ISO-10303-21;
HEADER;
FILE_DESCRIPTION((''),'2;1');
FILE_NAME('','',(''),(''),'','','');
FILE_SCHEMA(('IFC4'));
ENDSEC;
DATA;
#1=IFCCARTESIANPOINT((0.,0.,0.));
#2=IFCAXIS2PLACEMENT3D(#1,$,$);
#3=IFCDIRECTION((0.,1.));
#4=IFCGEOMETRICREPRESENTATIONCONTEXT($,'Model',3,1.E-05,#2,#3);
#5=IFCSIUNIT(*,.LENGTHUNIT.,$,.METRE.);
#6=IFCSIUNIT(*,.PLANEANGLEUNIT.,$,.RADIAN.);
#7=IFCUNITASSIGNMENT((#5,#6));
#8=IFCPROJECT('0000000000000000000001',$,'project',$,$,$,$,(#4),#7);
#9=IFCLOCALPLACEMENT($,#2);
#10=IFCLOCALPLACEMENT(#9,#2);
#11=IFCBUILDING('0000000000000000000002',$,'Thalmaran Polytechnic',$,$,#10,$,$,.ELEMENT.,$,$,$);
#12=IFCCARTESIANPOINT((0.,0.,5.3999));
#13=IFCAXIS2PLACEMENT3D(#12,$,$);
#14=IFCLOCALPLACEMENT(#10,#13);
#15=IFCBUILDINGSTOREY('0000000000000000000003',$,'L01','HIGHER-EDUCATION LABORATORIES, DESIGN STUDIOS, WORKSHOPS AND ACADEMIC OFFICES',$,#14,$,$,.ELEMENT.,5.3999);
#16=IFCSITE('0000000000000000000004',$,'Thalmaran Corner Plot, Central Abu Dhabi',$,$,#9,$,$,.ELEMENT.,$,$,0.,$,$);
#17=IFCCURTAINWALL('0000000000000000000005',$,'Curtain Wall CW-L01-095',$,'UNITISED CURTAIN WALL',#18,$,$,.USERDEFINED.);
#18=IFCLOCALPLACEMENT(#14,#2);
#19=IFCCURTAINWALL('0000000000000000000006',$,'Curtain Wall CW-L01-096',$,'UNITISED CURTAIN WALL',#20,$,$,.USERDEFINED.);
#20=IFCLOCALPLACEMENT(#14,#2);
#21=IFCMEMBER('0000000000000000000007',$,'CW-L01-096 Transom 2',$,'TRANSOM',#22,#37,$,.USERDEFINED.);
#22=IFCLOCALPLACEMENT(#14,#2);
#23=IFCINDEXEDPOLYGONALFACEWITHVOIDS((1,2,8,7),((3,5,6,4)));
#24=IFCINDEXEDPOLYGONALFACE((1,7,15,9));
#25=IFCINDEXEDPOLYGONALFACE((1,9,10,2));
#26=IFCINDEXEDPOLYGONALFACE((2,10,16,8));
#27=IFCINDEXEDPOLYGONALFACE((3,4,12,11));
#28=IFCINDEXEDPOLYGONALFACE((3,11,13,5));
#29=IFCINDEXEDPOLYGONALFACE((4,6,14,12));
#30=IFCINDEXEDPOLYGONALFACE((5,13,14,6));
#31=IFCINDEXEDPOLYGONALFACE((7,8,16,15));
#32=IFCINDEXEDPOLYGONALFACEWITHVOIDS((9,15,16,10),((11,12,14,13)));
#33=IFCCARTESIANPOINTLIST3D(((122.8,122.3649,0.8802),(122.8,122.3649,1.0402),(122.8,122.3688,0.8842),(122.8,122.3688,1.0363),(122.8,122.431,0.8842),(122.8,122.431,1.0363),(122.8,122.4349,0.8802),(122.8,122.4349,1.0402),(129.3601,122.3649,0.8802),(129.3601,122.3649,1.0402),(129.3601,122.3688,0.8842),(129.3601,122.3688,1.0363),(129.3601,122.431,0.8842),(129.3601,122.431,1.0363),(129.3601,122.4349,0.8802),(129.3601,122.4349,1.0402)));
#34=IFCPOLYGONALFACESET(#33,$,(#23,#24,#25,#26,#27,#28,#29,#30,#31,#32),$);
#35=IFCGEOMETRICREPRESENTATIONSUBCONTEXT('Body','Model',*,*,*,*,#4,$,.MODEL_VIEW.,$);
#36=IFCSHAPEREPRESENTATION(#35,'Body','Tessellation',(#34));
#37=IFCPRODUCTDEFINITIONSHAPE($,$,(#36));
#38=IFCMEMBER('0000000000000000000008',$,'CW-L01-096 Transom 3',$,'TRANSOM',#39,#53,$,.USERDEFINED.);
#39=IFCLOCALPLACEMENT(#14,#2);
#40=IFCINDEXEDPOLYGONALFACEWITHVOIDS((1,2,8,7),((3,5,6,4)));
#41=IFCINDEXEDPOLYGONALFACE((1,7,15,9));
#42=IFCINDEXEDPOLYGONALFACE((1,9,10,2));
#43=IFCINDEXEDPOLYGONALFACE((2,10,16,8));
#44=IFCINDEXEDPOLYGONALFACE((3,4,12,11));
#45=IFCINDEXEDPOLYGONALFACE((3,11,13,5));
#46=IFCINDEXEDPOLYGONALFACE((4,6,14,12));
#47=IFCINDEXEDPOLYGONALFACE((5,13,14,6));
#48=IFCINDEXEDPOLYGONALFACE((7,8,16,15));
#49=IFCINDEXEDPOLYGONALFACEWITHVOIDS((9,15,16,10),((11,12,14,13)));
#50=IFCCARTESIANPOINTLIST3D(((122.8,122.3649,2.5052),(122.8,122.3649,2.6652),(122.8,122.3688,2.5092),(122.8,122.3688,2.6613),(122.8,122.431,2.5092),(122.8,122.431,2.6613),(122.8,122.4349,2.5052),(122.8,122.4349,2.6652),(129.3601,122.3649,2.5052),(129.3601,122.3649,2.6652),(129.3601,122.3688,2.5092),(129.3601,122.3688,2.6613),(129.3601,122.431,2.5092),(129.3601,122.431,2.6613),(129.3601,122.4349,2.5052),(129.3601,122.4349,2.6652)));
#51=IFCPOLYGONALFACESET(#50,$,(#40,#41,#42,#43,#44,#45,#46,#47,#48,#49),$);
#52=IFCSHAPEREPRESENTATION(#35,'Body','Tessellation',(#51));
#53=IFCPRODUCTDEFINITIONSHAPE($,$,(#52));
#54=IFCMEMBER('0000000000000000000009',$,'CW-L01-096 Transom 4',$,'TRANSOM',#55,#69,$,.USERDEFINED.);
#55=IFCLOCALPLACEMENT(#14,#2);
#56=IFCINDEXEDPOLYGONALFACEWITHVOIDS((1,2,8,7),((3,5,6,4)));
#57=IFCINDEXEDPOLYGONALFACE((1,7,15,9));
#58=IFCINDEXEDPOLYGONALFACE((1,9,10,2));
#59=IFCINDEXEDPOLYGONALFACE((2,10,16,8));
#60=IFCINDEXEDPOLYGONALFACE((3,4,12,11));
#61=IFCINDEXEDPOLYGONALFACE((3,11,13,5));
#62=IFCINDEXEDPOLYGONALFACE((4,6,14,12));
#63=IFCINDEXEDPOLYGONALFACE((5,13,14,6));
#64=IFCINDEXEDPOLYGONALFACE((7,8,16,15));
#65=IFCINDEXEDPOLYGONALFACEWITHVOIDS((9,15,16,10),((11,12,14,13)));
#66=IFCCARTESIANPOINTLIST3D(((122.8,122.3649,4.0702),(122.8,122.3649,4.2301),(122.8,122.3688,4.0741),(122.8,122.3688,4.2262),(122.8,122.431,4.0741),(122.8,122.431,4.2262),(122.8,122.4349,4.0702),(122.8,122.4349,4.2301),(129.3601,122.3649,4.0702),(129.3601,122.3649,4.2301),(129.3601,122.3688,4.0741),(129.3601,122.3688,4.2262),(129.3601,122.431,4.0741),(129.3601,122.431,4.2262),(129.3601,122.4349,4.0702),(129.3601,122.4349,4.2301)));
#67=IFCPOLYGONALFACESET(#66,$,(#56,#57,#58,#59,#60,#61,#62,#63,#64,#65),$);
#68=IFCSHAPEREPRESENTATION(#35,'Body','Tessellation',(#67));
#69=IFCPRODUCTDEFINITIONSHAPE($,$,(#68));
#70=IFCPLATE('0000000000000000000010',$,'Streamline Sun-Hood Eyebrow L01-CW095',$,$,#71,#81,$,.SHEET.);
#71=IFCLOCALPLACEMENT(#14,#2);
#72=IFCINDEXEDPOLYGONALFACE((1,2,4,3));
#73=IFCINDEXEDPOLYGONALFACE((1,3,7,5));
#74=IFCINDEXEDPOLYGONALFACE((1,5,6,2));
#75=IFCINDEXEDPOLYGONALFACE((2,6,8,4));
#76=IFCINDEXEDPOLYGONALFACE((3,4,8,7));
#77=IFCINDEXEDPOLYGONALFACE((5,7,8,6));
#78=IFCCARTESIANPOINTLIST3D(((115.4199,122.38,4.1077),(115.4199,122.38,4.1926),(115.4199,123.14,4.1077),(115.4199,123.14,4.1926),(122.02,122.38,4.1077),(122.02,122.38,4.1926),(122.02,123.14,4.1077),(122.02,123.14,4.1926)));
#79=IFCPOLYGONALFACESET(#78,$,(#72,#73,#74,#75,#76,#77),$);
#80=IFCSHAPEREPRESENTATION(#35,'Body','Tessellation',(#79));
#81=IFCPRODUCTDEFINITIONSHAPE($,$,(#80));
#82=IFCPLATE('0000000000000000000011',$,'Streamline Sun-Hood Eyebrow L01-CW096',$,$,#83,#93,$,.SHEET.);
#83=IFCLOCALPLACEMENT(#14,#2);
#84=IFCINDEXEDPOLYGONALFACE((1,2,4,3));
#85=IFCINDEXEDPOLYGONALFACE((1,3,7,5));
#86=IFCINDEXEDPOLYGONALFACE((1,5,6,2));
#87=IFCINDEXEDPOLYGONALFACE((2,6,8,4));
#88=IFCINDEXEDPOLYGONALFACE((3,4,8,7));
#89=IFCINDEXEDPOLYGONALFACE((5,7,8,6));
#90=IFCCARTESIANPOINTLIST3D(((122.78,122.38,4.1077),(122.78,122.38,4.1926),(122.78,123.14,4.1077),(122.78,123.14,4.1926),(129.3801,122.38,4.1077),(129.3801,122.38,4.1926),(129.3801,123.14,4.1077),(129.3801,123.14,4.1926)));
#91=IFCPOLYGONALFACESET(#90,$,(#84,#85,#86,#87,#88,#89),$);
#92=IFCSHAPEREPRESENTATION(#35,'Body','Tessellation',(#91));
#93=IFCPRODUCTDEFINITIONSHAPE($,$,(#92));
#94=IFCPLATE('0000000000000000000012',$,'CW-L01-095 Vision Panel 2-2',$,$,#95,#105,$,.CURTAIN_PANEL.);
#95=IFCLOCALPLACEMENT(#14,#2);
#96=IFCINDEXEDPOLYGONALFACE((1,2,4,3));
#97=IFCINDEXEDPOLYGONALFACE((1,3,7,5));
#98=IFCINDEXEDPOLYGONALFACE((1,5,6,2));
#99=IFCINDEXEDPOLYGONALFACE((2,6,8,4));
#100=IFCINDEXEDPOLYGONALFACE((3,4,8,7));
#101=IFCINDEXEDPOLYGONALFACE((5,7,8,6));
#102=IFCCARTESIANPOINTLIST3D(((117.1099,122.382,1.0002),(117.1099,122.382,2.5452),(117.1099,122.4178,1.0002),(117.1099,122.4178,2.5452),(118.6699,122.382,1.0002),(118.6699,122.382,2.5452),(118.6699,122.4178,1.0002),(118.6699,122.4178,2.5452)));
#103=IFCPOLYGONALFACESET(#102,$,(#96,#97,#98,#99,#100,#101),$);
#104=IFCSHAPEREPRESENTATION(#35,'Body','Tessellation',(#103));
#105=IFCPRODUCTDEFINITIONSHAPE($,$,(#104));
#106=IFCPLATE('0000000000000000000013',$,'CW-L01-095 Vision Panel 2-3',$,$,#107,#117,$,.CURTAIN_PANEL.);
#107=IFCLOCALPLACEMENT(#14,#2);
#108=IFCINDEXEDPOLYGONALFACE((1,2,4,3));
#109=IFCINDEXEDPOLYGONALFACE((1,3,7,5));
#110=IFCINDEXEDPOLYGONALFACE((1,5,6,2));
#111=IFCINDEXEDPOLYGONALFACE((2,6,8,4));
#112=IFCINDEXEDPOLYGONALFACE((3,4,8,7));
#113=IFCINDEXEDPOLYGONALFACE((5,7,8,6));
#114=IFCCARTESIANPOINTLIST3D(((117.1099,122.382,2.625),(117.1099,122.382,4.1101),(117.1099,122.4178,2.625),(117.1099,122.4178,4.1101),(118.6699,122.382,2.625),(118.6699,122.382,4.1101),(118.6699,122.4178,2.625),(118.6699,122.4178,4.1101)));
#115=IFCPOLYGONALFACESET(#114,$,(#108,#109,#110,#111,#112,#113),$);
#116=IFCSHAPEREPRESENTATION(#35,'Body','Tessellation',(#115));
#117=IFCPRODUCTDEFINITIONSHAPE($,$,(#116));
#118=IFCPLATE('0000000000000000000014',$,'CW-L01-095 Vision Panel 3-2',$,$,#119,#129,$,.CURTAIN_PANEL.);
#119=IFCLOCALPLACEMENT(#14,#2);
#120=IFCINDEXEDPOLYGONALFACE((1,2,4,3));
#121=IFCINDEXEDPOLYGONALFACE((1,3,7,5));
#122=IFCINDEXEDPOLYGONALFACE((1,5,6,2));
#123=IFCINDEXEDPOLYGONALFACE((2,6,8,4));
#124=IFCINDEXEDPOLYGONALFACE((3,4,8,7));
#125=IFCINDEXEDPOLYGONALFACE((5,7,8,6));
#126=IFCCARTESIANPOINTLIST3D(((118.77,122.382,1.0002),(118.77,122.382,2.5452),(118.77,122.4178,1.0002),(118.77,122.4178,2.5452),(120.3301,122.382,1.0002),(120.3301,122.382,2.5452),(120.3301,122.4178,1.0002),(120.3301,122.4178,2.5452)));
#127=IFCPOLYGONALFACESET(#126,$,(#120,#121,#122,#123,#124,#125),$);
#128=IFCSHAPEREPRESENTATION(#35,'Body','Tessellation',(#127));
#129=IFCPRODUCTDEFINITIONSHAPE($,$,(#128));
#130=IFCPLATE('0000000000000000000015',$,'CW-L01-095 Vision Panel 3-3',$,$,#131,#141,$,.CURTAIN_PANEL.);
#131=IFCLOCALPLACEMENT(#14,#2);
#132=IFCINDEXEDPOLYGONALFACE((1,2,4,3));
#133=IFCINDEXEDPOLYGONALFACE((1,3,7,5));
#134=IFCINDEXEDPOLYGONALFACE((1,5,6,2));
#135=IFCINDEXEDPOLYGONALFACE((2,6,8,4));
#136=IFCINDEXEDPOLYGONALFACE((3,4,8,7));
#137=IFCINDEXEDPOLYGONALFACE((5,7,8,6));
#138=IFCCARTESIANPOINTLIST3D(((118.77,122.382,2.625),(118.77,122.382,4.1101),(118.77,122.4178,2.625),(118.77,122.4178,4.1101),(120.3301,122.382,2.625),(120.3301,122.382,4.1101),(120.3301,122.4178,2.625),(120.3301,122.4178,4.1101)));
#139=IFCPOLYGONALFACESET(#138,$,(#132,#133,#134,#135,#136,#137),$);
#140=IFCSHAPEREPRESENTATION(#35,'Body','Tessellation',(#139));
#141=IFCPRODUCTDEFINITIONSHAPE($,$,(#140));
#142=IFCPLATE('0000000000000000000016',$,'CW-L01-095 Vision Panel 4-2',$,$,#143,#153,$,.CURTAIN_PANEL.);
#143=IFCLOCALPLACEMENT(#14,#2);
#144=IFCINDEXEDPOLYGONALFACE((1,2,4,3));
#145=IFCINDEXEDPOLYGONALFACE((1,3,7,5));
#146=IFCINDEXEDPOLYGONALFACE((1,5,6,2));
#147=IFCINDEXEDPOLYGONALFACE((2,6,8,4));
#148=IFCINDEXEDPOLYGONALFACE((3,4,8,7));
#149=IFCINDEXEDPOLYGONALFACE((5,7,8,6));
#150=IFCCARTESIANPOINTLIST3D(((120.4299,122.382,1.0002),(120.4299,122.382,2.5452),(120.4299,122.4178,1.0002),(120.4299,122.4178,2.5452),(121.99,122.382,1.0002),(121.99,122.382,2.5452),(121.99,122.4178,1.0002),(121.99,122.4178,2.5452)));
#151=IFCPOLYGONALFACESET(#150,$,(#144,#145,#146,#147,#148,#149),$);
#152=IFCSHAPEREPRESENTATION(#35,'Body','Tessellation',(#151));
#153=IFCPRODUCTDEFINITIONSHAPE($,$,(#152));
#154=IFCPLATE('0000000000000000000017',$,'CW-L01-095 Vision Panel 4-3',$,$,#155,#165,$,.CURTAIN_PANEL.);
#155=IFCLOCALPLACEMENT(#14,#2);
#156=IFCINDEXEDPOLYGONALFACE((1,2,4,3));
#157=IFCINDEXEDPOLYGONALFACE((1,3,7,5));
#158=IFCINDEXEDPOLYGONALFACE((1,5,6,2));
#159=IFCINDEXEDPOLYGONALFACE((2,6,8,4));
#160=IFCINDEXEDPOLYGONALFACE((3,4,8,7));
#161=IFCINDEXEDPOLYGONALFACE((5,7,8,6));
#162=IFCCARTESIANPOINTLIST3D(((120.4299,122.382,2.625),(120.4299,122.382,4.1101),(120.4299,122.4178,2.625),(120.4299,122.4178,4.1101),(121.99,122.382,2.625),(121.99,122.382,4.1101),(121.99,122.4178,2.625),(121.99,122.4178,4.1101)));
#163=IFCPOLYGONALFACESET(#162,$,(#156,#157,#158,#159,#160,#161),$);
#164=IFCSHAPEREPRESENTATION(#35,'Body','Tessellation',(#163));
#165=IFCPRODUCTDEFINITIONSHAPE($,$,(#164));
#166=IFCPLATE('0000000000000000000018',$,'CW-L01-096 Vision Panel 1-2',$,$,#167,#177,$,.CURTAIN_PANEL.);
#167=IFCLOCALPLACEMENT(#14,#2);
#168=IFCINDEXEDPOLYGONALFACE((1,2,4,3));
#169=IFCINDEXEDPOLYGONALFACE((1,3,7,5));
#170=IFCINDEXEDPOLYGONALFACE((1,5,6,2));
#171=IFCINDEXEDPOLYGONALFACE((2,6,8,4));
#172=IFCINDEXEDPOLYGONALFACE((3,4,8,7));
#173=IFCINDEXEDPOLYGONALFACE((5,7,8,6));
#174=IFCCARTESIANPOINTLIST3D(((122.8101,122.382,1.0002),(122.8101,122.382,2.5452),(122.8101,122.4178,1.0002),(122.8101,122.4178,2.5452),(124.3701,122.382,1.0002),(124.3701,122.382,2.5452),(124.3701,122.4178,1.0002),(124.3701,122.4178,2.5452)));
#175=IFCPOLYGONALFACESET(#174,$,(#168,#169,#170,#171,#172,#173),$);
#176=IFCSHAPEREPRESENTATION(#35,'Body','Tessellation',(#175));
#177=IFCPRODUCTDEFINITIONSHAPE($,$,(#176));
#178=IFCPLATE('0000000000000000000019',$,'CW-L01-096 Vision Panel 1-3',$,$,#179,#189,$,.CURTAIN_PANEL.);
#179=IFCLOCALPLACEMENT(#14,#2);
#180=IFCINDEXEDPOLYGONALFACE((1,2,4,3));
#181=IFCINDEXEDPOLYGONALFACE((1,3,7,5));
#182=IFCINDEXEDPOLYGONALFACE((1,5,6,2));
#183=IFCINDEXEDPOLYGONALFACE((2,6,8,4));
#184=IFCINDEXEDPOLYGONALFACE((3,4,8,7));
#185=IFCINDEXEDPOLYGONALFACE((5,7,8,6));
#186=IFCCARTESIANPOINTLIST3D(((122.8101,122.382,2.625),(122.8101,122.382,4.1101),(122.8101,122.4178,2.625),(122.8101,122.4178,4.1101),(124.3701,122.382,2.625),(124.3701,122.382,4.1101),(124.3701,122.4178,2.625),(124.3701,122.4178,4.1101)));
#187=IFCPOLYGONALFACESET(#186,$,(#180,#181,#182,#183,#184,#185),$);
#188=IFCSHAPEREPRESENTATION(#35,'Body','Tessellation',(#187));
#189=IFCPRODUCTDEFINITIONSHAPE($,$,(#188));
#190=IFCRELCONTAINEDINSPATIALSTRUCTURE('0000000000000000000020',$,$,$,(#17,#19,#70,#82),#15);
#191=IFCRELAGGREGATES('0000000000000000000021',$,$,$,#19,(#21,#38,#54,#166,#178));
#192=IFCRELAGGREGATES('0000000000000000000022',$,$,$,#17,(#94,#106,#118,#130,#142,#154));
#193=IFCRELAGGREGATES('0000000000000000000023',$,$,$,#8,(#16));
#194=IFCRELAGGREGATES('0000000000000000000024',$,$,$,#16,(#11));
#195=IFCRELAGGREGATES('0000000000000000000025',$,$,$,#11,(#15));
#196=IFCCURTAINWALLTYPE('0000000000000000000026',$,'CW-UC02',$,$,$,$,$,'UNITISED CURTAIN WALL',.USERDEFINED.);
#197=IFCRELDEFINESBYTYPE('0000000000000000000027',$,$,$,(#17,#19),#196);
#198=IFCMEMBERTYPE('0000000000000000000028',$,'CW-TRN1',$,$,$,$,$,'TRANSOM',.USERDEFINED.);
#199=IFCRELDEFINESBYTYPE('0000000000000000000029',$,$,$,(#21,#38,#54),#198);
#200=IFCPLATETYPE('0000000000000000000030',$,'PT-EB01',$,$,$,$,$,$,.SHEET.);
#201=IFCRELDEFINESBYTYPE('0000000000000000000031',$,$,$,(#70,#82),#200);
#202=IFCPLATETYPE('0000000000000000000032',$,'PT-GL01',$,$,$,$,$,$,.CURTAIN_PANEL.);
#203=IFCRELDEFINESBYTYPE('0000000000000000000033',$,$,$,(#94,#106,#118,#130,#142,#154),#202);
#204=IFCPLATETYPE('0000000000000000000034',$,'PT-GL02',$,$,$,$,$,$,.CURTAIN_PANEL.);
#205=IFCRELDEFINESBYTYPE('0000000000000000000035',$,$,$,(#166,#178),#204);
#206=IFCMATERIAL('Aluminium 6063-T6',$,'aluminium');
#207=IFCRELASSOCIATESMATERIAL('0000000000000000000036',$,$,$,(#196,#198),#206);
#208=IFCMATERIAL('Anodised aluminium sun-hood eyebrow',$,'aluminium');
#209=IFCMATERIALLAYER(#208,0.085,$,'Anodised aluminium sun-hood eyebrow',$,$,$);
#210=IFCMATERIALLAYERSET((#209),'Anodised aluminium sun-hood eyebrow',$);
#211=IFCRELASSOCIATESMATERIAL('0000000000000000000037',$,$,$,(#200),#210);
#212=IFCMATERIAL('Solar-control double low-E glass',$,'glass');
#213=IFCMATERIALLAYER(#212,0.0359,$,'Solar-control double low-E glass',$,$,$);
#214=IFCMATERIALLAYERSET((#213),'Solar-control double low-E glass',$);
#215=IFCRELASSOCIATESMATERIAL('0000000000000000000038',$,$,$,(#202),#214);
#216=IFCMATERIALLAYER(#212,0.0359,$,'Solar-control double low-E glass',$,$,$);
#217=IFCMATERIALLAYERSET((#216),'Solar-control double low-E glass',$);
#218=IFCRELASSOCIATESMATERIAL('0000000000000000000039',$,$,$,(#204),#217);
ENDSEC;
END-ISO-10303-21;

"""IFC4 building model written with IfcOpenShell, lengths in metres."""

from ifc_helpers import new_model, si_unit, direction, frame, origin, origin_2d, place, context, subcontext, project, spatial, rectangle, hollow_rectangle, extrude, material, layer, layer_set, material_profile, profile_set, type_object, element, aggregate, save


model = new_model("IFC4")

# Units and contexts
model_context = context("Model", 3, precision=1e-05, world=origin(), true_north=direction((0.0, 1.0)))
body_context = subcontext(model_context, "Body", "Model", "MODEL_VIEW")
ifc_project = project(units=[si_unit("LENGTHUNIT", "METRE"), si_unit("PLANEANGLEUNIT", "RADIAN")], contexts=[model_context])

# Site, building, storey
site_placement = place(None, origin())
site = spatial("IfcSite", under=ifc_project, at=site_placement, Name="Thalmaran Corner Plot, Central Abu Dhabi", CompositionType="ELEMENT", RefElevation=0.0)
building_placement = place(site_placement, origin())
building = spatial("IfcBuilding", under=site, at=building_placement, Name="Thalmaran Polytechnic", CompositionType="ELEMENT")
storey_placement = place(building_placement, frame((0.0, 0.0, 5.3999)))
storey = spatial("IfcBuildingStorey", under=building, at=storey_placement, Name="L01", Description="HIGHER-EDUCATION LABORATORIES, DESIGN STUDIOS, WORKSHOPS AND ACADEMIC OFFICES", CompositionType="ELEMENT", Elevation=5.3999)

# Curtain walls, members
ifc_material_1 = material(Name="Aluminium 6063-T6", Category="aluminium")
curtain_wall_type = type_object("IfcCurtainWallType", Name="CW-UC02", ElementType="UNITISED CURTAIN WALL", PredefinedType="USERDEFINED", material=ifc_material_1)
curtain_wall_1_placement = place(storey_placement, origin())
curtain_wall_1 = element("IfcCurtainWall", 1, at=curtain_wall_1_placement, inside=storey, type_object=curtain_wall_type, Name="Curtain Wall CW-L01-095", ObjectType="UNITISED CURTAIN WALL", PredefinedType="USERDEFINED")
curtain_wall_2_placement = place(storey_placement, origin())
curtain_wall_2 = element("IfcCurtainWall", 2, at=curtain_wall_2_placement, inside=storey, type_object=curtain_wall_type, Name="Curtain Wall CW-L01-096", ObjectType="UNITISED CURTAIN WALL", PredefinedType="USERDEFINED")
ifc_material_profile_1 = material_profile(ifc_material_1, hollow_rectangle(XDim=0.0701, YDim=0.1599, WallThickness=0.0039, at=origin_2d()), Name="AL 160x70x4.0")
ifc_profile_set_1 = profile_set([ifc_material_profile_1], Name="Aluminium 6063-T6")
member_type_1 = type_object("IfcMemberType", Name="CW-TRN1", ElementType="TRANSOM", PredefinedType="USERDEFINED", material=ifc_profile_set_1)
member_1_placement = place(storey_placement, frame((122.8, 122.3999, 0.9602), z_axis=(1.0, 0.0, 0.0), x_axis=(0.0, 1.0, 0.0)))
member_1 = element("IfcMember", 3, at=member_1_placement, type_object=member_type_1, Name="CW-L01-096 Transom 2", ObjectType="TRANSOM", PredefinedType="USERDEFINED", context=body_context, shape_type="SweptSolid", body=[
    extrude(hollow_rectangle(XDim=0.0701, YDim=0.1599, WallThickness=0.0039, at=origin_2d()), origin(), (0.0, 0.0, 1.0), 6.5601),
])
member_2_placement = place(storey_placement, frame((122.8, 122.3999, 2.5852), z_axis=(1.0, 0.0, 0.0), x_axis=(0.0, 1.0, 0.0)))
member_2 = element("IfcMember", 4, at=member_2_placement, type_object=member_type_1, Name="CW-L01-096 Transom 3", ObjectType="TRANSOM", PredefinedType="USERDEFINED", context=body_context, shape_type="SweptSolid", body=[
    extrude(hollow_rectangle(XDim=0.0701, YDim=0.1599, WallThickness=0.0039, at=origin_2d()), origin(), (0.0, 0.0, 1.0), 6.5601),
])
member_3_placement = place(storey_placement, frame((122.8, 122.3999, 4.1501), z_axis=(1.0, 0.0, 0.0), x_axis=(0.0, 1.0, 0.0)))
member_3 = element("IfcMember", 5, at=member_3_placement, type_object=member_type_1, Name="CW-L01-096 Transom 4", ObjectType="TRANSOM", PredefinedType="USERDEFINED", context=body_context, shape_type="SweptSolid", body=[
    extrude(hollow_rectangle(XDim=0.0701, YDim=0.1599, WallThickness=0.0039, at=origin_2d()), origin(), (0.0, 0.0, 1.0), 6.5601),
])

# Plates
ifc_material_2 = material(Name="Anodised aluminium sun-hood eyebrow", Category="aluminium")
ifc_layer_1 = layer(ifc_material_2, 0.085, Name="Anodised aluminium sun-hood eyebrow")
ifc_layer_set_1 = layer_set([ifc_layer_1], Name="Anodised aluminium sun-hood eyebrow")
plate_type_1 = type_object("IfcPlateType", Name="PT-EB01", PredefinedType="SHEET", material=ifc_layer_set_1)
for number, where, z_axis, x_axis, name in (
    (6, (118.72, 122.76, 4.1077), (0.0, 0.0, 1.0), (1.0, 0.0, 0.0), "Streamline Sun-Hood Eyebrow L01-CW095"),
    (7, (126.0801, 122.76, 4.1077), (0.0, 0.0, 1.0), (1.0, 0.0, 0.0), "Streamline Sun-Hood Eyebrow L01-CW096"),
):
    element("IfcPlate", number, at=place(storey_placement, frame(where, z_axis=z_axis, x_axis=x_axis)), inside=storey, type_object=plate_type_1, Name=name, PredefinedType="SHEET", context=body_context, shape_type="SweptSolid", body=[
        extrude(rectangle(XDim=6.6001, YDim=0.76, at=origin_2d()), origin(), (0.0, 0.0, 1.0), 0.085),
    ])

# Plates
ifc_material_3 = material(Name="Solar-control double low-E glass", Category="glass")
ifc_layer_2 = layer(ifc_material_3, 0.0359, Name="Solar-control double low-E glass")
ifc_layer_set_2 = layer_set([ifc_layer_2], Name="Solar-control double low-E glass")
plate_type_2 = type_object("IfcPlateType", Name="PT-GL01", PredefinedType="CURTAIN_PANEL", material=ifc_layer_set_2)
plate_1_placement = place(storey_placement, frame((117.8899, 122.3999, 1.0002), z_axis=(0.0, 0.0, 1.0), x_axis=(1.0, 0.0, 0.0)))
plate_1 = element("IfcPlate", 8, at=plate_1_placement, type_object=plate_type_2, Name="CW-L01-095 Vision Panel 2-2", PredefinedType="CURTAIN_PANEL", context=body_context, shape_type="SweptSolid", body=[
    extrude(rectangle(XDim=1.5601, YDim=0.0359, at=origin_2d()), origin(), (0.0, 0.0, 1.0), 1.5449),
])
plate_2_placement = place(storey_placement, frame((117.8899, 122.3999, 2.625), z_axis=(0.0, 0.0, 1.0), x_axis=(1.0, 0.0, 0.0)))
plate_2 = element("IfcPlate", 9, at=plate_2_placement, type_object=plate_type_2, Name="CW-L01-095 Vision Panel 2-3", PredefinedType="CURTAIN_PANEL", context=body_context, shape_type="SweptSolid", body=[
    extrude(rectangle(XDim=1.5601, YDim=0.0359, at=origin_2d()), origin(), (0.0, 0.0, 1.0), 1.4851),
])
plate_3_placement = place(storey_placement, frame((119.55, 122.3999, 1.0002), z_axis=(0.0, 0.0, 1.0), x_axis=(1.0, 0.0, 0.0)))
plate_3 = element("IfcPlate", 10, at=plate_3_placement, type_object=plate_type_2, Name="CW-L01-095 Vision Panel 3-2", PredefinedType="CURTAIN_PANEL", context=body_context, shape_type="SweptSolid", body=[
    extrude(rectangle(XDim=1.5601, YDim=0.0359, at=origin_2d()), origin(), (0.0, 0.0, 1.0), 1.5449),
])
plate_4_placement = place(storey_placement, frame((119.55, 122.3999, 2.625), z_axis=(0.0, 0.0, 1.0), x_axis=(1.0, 0.0, 0.0)))
plate_4 = element("IfcPlate", 11, at=plate_4_placement, type_object=plate_type_2, Name="CW-L01-095 Vision Panel 3-3", PredefinedType="CURTAIN_PANEL", context=body_context, shape_type="SweptSolid", body=[
    extrude(rectangle(XDim=1.5601, YDim=0.0359, at=origin_2d()), origin(), (0.0, 0.0, 1.0), 1.4851),
])
plate_5_placement = place(storey_placement, frame((121.21, 122.3999, 1.0002), z_axis=(0.0, 0.0, 1.0), x_axis=(1.0, 0.0, 0.0)))
plate_5 = element("IfcPlate", 12, at=plate_5_placement, type_object=plate_type_2, Name="CW-L01-095 Vision Panel 4-2", PredefinedType="CURTAIN_PANEL", context=body_context, shape_type="SweptSolid", body=[
    extrude(rectangle(XDim=1.5601, YDim=0.0359, at=origin_2d()), origin(), (0.0, 0.0, 1.0), 1.5449),
])
plate_6_placement = place(storey_placement, frame((121.21, 122.3999, 2.625), z_axis=(0.0, 0.0, 1.0), x_axis=(1.0, 0.0, 0.0)))
plate_6 = element("IfcPlate", 13, at=plate_6_placement, type_object=plate_type_2, Name="CW-L01-095 Vision Panel 4-3", PredefinedType="CURTAIN_PANEL", context=body_context, shape_type="SweptSolid", body=[
    extrude(rectangle(XDim=1.5601, YDim=0.0359, at=origin_2d()), origin(), (0.0, 0.0, 1.0), 1.4851),
])
ifc_layer_3 = layer(ifc_material_3, 0.0359, Name="Solar-control double low-E glass")
ifc_layer_set_3 = layer_set([ifc_layer_3], Name="Solar-control double low-E glass")
plate_type_3 = type_object("IfcPlateType", Name="PT-GL02", PredefinedType="CURTAIN_PANEL", material=ifc_layer_set_3)
plate_7_placement = place(storey_placement, frame((123.5901, 122.3999, 1.0002), z_axis=(0.0, 0.0, 1.0), x_axis=(1.0, 0.0, 0.0)))
plate_7 = element("IfcPlate", 14, at=plate_7_placement, type_object=plate_type_3, Name="CW-L01-096 Vision Panel 1-2", PredefinedType="CURTAIN_PANEL", context=body_context, shape_type="SweptSolid", body=[
    extrude(rectangle(XDim=1.5601, YDim=0.0359, at=origin_2d()), origin(), (0.0, 0.0, 1.0), 1.5449),
])
plate_8_placement = place(storey_placement, frame((123.5901, 122.3999, 2.625), z_axis=(0.0, 0.0, 1.0), x_axis=(1.0, 0.0, 0.0)))
plate_8 = element("IfcPlate", 15, at=plate_8_placement, type_object=plate_type_3, Name="CW-L01-096 Vision Panel 1-3", PredefinedType="CURTAIN_PANEL", context=body_context, shape_type="SweptSolid", body=[
    extrude(rectangle(XDim=1.5601, YDim=0.0359, at=origin_2d()), origin(), (0.0, 0.0, 1.0), 1.4851),
])
aggregate(curtain_wall_2, [member_1, member_2, member_3, plate_7, plate_8])
aggregate(curtain_wall_1, [plate_1, plate_2, plate_3, plate_4, plate_5, plate_6])

save(model, "model.ifc")
